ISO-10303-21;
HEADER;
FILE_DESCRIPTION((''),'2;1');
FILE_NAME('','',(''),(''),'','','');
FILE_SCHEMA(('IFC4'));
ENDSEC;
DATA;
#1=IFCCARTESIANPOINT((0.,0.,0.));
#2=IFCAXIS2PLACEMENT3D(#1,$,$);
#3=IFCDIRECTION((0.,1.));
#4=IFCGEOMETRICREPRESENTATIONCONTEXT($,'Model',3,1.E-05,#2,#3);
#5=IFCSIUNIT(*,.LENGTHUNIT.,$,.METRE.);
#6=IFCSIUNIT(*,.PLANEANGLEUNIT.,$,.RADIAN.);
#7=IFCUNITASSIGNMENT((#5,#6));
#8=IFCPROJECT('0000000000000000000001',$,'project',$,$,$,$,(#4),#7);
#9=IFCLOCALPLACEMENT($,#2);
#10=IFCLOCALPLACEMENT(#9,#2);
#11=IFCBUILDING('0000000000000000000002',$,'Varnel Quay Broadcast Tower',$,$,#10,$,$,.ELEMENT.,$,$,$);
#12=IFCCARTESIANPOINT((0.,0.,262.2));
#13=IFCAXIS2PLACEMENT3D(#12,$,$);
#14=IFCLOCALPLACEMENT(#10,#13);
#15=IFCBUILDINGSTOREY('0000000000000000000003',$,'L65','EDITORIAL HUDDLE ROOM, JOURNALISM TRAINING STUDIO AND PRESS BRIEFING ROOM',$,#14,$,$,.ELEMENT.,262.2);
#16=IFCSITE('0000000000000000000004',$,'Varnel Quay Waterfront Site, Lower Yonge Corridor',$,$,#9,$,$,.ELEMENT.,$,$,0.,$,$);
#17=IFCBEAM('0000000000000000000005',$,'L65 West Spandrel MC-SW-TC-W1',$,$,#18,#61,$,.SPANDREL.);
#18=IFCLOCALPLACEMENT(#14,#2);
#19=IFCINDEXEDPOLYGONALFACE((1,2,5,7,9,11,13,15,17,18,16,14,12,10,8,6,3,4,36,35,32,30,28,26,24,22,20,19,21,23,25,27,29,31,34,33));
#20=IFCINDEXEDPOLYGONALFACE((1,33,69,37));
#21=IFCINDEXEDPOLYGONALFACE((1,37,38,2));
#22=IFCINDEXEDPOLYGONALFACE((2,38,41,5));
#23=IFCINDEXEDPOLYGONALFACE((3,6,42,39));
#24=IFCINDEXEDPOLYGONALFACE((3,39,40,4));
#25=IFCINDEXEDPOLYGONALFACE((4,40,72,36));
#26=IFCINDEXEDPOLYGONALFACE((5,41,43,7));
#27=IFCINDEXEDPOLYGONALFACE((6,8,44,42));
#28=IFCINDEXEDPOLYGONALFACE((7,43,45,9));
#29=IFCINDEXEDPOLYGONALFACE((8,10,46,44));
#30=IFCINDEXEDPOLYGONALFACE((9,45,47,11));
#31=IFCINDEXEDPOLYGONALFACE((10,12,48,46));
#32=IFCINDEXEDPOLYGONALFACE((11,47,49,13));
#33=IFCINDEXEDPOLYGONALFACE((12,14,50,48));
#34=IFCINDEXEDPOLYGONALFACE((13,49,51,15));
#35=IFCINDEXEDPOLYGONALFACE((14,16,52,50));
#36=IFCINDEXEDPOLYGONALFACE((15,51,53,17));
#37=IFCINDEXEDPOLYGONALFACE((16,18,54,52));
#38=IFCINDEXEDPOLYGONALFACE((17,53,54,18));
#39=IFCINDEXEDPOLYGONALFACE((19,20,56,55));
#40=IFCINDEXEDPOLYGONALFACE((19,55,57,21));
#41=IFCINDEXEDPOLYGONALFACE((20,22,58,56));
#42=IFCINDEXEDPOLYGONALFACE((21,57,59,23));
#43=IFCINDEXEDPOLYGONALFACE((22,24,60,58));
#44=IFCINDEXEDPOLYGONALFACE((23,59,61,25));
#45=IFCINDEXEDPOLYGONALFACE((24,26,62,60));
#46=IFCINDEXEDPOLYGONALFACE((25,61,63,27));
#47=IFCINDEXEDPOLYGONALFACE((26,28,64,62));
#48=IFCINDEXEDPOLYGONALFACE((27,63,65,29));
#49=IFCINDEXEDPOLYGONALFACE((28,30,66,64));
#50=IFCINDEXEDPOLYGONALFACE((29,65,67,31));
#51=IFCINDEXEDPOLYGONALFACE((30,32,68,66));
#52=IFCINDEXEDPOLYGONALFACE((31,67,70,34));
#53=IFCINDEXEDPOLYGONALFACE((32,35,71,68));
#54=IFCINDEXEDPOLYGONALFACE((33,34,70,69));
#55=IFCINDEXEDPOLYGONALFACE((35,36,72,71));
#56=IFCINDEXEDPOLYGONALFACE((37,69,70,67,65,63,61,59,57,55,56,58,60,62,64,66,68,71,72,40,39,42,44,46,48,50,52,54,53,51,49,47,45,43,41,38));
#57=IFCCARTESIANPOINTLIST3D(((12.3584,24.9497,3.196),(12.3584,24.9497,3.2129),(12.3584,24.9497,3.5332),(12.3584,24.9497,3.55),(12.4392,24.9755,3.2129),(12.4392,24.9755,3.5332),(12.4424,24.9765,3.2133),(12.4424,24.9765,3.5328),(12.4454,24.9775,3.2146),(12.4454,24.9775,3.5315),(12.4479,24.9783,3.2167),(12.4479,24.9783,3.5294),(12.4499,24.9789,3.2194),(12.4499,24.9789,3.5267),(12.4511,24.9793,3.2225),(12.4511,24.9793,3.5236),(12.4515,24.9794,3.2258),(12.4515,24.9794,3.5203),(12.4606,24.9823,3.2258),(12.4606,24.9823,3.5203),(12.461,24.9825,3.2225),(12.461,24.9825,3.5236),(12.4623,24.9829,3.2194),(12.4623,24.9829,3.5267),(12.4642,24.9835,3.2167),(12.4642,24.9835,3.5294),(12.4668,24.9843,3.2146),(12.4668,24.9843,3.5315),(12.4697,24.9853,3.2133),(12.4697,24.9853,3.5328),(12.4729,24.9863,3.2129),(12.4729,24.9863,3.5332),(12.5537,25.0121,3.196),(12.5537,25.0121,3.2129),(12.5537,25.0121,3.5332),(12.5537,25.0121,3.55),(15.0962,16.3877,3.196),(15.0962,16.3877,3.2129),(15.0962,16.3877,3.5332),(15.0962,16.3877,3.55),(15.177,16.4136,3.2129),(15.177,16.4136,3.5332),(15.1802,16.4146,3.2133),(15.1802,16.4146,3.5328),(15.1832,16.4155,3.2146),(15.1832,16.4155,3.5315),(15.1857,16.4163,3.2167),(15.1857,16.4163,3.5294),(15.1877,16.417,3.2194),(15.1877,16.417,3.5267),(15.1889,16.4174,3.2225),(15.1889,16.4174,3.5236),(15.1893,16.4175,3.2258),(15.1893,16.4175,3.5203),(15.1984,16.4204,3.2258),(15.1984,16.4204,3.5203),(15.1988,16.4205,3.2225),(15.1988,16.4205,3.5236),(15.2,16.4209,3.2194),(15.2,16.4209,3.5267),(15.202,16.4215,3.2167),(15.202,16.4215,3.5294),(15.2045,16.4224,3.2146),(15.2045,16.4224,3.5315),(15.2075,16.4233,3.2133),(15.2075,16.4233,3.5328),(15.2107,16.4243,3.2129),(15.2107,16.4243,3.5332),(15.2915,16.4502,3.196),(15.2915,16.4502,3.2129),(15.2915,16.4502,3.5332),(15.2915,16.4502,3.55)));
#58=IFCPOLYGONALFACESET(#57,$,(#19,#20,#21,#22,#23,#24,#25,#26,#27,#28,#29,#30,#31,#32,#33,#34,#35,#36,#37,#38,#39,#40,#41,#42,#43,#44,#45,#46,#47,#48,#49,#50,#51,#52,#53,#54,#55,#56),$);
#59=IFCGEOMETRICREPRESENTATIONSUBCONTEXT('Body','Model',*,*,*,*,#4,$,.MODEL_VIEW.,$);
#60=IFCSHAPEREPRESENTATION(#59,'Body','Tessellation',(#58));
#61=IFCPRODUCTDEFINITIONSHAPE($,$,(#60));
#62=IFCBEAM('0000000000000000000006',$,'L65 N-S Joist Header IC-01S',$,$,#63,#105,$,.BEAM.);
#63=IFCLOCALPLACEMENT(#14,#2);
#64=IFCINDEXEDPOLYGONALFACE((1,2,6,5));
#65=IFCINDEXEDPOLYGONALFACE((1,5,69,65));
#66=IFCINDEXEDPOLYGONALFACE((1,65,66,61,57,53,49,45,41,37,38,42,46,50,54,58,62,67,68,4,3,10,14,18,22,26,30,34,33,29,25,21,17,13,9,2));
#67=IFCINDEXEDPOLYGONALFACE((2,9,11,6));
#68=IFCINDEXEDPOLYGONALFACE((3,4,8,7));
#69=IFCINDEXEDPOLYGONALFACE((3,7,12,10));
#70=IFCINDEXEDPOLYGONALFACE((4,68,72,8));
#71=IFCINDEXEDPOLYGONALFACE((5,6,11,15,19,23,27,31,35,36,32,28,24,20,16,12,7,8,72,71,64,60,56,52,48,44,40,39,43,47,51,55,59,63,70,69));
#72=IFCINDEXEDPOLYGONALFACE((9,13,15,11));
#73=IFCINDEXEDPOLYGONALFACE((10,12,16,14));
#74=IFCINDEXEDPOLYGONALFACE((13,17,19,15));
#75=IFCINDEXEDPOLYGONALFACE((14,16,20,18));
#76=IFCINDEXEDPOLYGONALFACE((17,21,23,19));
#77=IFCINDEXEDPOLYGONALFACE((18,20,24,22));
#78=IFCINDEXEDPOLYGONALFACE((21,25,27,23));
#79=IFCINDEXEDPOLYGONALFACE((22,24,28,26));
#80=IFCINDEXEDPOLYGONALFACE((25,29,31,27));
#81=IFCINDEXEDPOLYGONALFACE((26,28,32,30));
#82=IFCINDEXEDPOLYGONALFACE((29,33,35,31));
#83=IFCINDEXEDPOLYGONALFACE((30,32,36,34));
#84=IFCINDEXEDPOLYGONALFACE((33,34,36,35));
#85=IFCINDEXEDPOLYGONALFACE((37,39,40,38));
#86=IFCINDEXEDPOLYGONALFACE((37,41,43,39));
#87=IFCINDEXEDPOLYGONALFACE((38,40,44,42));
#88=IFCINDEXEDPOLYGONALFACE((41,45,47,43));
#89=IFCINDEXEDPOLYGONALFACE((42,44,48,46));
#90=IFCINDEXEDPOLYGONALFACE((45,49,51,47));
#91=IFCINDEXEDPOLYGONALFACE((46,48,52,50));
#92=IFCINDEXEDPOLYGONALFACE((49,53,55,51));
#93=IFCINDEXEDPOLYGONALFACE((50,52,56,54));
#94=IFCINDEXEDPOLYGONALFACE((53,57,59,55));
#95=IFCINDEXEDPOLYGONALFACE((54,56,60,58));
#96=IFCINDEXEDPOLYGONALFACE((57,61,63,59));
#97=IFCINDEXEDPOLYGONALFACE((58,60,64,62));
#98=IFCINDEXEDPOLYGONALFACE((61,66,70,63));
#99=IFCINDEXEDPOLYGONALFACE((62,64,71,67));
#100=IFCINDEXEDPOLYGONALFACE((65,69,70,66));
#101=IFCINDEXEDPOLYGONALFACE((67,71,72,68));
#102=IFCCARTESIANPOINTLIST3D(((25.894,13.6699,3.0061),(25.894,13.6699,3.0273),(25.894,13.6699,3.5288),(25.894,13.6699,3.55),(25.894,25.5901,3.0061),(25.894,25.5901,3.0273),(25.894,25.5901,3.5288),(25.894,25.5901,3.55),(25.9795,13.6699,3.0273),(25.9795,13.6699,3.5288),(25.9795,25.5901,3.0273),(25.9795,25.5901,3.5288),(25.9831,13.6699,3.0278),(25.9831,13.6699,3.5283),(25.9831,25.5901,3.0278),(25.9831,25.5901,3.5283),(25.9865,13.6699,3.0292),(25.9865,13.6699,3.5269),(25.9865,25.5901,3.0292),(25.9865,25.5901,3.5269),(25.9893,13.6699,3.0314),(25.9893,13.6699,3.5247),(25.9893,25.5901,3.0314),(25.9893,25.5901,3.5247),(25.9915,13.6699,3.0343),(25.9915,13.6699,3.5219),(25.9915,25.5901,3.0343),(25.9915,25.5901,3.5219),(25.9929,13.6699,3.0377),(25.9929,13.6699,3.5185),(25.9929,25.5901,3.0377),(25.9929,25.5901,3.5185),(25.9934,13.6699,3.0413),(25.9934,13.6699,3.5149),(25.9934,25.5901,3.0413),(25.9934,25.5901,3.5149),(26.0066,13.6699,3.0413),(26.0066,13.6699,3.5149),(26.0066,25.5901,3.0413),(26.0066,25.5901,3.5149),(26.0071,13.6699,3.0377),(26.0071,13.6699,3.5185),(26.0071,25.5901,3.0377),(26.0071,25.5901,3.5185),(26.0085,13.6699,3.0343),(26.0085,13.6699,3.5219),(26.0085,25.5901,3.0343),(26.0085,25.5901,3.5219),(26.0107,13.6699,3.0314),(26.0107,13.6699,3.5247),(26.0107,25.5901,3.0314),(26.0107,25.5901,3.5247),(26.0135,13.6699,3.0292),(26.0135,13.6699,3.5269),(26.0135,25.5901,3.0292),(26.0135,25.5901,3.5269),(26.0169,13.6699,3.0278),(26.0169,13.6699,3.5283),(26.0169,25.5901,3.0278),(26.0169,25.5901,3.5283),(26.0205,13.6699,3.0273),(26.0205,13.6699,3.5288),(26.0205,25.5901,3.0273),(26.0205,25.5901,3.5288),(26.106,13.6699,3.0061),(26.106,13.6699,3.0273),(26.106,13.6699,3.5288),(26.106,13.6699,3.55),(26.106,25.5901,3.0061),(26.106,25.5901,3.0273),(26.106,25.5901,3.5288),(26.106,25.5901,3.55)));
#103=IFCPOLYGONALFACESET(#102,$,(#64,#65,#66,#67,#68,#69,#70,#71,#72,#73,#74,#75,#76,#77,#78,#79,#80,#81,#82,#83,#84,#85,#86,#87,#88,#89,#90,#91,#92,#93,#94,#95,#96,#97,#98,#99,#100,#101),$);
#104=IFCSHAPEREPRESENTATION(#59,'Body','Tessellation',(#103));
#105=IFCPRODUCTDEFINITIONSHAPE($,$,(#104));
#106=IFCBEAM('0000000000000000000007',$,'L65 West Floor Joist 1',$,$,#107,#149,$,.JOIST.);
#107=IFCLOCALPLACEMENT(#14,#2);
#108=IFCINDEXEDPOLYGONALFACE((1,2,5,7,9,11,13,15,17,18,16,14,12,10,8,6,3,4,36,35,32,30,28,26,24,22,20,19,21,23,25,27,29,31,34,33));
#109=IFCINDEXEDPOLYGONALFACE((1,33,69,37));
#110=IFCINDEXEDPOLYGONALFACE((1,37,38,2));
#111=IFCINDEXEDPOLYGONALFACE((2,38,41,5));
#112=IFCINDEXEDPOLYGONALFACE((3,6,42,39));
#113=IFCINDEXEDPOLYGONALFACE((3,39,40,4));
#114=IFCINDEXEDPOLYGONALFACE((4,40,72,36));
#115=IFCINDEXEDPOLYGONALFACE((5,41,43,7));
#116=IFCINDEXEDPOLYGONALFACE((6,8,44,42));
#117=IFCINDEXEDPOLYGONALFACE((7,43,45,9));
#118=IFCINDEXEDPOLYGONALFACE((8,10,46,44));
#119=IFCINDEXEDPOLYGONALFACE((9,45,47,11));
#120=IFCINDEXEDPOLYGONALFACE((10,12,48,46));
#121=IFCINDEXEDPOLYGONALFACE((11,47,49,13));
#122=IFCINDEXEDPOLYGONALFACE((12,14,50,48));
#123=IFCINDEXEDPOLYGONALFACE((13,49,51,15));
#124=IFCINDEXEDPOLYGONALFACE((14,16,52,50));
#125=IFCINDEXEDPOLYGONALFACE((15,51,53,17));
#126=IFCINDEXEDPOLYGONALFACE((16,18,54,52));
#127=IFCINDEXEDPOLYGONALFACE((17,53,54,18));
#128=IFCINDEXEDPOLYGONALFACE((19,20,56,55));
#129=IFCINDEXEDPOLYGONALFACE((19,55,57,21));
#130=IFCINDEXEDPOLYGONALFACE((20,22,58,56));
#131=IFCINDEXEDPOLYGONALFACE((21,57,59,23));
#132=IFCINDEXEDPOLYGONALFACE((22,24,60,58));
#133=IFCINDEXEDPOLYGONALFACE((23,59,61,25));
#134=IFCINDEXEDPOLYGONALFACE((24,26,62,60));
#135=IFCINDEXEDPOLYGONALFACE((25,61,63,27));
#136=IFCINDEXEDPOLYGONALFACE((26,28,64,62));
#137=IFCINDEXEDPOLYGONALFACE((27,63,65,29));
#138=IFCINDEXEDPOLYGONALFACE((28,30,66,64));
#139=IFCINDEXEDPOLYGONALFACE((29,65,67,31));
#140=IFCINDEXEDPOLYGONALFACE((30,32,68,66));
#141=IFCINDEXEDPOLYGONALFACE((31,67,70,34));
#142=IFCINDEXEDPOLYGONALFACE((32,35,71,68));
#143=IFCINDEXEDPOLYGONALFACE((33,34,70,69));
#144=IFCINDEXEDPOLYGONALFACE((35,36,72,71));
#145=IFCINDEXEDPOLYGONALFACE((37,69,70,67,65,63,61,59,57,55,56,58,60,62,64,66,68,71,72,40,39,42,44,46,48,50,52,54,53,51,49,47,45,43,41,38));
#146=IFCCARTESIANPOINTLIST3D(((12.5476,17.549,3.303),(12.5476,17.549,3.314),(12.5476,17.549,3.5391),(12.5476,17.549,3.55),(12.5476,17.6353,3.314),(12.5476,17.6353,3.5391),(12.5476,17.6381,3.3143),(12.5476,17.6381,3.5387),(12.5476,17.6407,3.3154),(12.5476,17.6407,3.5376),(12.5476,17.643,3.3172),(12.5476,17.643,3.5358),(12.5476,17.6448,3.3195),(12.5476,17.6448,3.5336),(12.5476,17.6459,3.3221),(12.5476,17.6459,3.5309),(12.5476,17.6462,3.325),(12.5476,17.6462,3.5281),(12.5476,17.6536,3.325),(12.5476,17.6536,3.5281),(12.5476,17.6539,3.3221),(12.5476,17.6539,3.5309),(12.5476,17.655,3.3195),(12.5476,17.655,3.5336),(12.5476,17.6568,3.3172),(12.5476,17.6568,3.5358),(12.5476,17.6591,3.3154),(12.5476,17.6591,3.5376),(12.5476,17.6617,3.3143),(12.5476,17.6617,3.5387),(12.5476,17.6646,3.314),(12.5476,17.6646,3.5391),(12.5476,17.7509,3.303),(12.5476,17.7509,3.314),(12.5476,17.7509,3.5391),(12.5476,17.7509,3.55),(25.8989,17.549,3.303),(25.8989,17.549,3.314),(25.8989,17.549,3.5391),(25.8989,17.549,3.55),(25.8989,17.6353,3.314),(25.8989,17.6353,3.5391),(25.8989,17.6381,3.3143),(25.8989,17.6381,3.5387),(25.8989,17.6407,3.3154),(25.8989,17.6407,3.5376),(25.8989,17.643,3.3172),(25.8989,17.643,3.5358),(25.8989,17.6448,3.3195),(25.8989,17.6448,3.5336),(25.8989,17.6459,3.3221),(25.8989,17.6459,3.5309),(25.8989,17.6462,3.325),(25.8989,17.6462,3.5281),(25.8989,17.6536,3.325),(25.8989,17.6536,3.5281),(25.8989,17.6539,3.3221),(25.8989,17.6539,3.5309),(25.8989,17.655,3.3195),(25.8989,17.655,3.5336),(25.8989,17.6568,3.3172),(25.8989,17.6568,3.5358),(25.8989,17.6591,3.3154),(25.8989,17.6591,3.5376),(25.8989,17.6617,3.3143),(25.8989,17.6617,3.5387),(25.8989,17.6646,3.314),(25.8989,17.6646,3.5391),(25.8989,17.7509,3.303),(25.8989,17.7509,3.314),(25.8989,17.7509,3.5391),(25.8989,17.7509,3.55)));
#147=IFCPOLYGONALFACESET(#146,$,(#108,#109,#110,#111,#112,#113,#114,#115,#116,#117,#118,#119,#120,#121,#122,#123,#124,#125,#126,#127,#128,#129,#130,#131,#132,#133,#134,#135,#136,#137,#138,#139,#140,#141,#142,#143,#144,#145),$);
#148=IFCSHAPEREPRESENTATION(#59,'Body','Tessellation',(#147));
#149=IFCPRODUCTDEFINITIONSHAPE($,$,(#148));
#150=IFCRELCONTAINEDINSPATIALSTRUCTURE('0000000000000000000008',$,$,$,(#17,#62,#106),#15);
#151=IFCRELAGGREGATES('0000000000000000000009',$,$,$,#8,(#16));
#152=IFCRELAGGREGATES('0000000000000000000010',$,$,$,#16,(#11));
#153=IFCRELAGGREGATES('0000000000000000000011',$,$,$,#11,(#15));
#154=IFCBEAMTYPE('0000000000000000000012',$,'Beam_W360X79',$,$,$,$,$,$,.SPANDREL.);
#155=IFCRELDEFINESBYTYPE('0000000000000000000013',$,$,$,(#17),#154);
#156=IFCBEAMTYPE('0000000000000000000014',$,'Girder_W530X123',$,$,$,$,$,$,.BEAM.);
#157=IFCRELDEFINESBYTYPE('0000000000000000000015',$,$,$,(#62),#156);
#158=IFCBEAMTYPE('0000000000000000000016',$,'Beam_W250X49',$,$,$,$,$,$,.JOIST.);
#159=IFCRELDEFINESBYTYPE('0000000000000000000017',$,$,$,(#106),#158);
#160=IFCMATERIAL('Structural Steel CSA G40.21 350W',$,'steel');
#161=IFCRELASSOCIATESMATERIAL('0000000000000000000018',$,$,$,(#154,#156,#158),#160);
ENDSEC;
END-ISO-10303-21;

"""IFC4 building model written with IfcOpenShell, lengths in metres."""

from ifc_helpers import new_model, si_unit, direction, frame, origin, origin_2d, place, context, subcontext, project, spatial, i_section, extrude, source, transform, mapped, material, material_profile, profile_set, type_object, type_shapes, element, save


model = new_model("IFC4")

# Units and contexts
model_context = context("Model", 3, precision=1e-05, world=origin(), true_north=direction((0.0, 1.0)))
body_context = subcontext(model_context, "Body", "Model", "MODEL_VIEW")
ifc_project = project(units=[si_unit("LENGTHUNIT", "METRE"), si_unit("PLANEANGLEUNIT", "RADIAN")], contexts=[model_context])

# Site, building, storey
site_placement = place(None, origin())
site = spatial("IfcSite", under=ifc_project, at=site_placement, Name="Varnel Quay Waterfront Site, Lower Yonge Corridor", CompositionType="ELEMENT", RefElevation=0.0)
building_placement = place(site_placement, origin())
building = spatial("IfcBuilding", under=site, at=building_placement, Name="Varnel Quay Broadcast Tower", CompositionType="ELEMENT")
storey_placement = place(building_placement, frame((0.0, 0.0, 262.2)))
storey = spatial("IfcBuildingStorey", under=building, at=storey_placement, Name="L65", Description="EDITORIAL HUDDLE ROOM, JOURNALISM TRAINING STUDIO AND PRESS BRIEFING ROOM", CompositionType="ELEMENT", Elevation=262.2)

# Shared definitions
ifc_material_1 = material(Name="Structural Steel CSA G40.21 350W", Category="steel")

# Beams
ifc_material_profile_1 = material_profile(ifc_material_1, i_section(OverallWidth=0.2051, OverallDepth=0.354, WebThickness=0.0095, FlangeThickness=0.0168, FilletRadius=0.0129, at=origin_2d()), Name="W360X79")
ifc_profile_set_1 = profile_set([ifc_material_profile_1], Name="Structural Steel CSA G40.21 350W")
beam_type_1 = type_object("IfcBeamType", Name="Beam_W360X79", PredefinedType="SPANDREL", material=ifc_profile_set_1)
shared_shape_1 = source(origin(), body_context, "Body", "SweptSolid", [
    extrude(i_section(OverallWidth=0.2051, OverallDepth=0.354, WebThickness=0.0095, FlangeThickness=0.0168, FilletRadius=0.0129, at=origin_2d()), origin(), (0.0, 0.0, 1.0), 8.989),
])
beam_1_placement = place(storey_placement, frame((15.1938, 16.4189, 3.373), z_axis=(-0.304569, 0.95249, 0.0), x_axis=(-0.95249, -0.304569, 0.0)))
element("IfcBeam", 1, at=beam_1_placement, inside=storey, type_object=beam_type_1, Name="L65 West Spandrel MC-SW-TC-W1", PredefinedType="SPANDREL", context=body_context, shape_type="MappedRepresentation", body=[
    mapped(shared_shape_1, transform((0.0, 0.0, 0.0), x_axis=(1.0, 0.0, 0.0), y_axis=(0.0, 1.0, 0.0), z_axis=(0.0, 0.0, 1.0), scale=1.0)),
])
ifc_material_profile_2 = material_profile(ifc_material_1, i_section(OverallWidth=0.2119, OverallDepth=0.5439, WebThickness=0.0132, FlangeThickness=0.0212, FilletRadius=0.0139, at=origin_2d()), Name="W530X123")
ifc_profile_set_2 = profile_set([ifc_material_profile_2], Name="Structural Steel CSA G40.21 350W")
beam_type_2 = type_object("IfcBeamType", Name="Girder_W530X123", PredefinedType="BEAM", material=ifc_profile_set_2)
shared_shape_2 = source(origin(), body_context, "Body", "SweptSolid", [
    extrude(i_section(OverallWidth=0.2119, OverallDepth=0.5439, WebThickness=0.0132, FlangeThickness=0.0212, FilletRadius=0.0139, at=origin_2d()), origin(), (0.0, 0.0, 1.0), 11.9202),
])
type_shapes(beam_type_2, [shared_shape_2])
beam_2_placement = place(storey_placement, frame((26.0, 13.6699, 3.2781), z_axis=(0.0, 1.0, 0.0), x_axis=(-1.0, 0.0, 0.0)))
element("IfcBeam", 2, at=beam_2_placement, inside=storey, type_object=beam_type_2, Name="L65 N-S Joist Header IC-01S", PredefinedType="BEAM", context=body_context, shape_type="MappedRepresentation", body=[
    mapped(shared_shape_2, transform((0.0, 0.0, 0.0), x_axis=(1.0, 0.0, 0.0), y_axis=(0.0, 1.0, 0.0), z_axis=(0.0, 0.0, 1.0), scale=1.0)),
])
ifc_material_profile_3 = material_profile(ifc_material_1, i_section(OverallWidth=0.2019, OverallDepth=0.2471, WebThickness=0.0073, FlangeThickness=0.011, FilletRadius=0.011, at=origin_2d()), Name="W250X49")
ifc_profile_set_3 = profile_set([ifc_material_profile_3], Name="Structural Steel CSA G40.21 350W")
beam_type_3 = type_object("IfcBeamType", Name="Beam_W250X49", PredefinedType="JOIST", material=ifc_profile_set_3)
shared_shape_3 = source(origin(), body_context, "Body", "SweptSolid", [
    extrude(i_section(OverallWidth=0.2019, OverallDepth=0.2471, WebThickness=0.0073, FlangeThickness=0.011, FilletRadius=0.011, at=origin_2d()), origin(), (0.0, 0.0, 1.0), 13.3513),
])
beam_3_placement = place(storey_placement, frame((12.5476, 17.6499, 3.4265), z_axis=(1.0, 0.0, 0.0), x_axis=(0.0, 1.0, 0.0)))
element("IfcBeam", 3, at=beam_3_placement, inside=storey, type_object=beam_type_3, Name="L65 West Floor Joist 1", PredefinedType="JOIST", context=body_context, shape_type="MappedRepresentation", body=[
    mapped(shared_shape_3, transform((0.0, 0.0, 0.0), x_axis=(1.0, 0.0, 0.0), y_axis=(0.0, 1.0, 0.0), z_axis=(0.0, 0.0, 1.0), scale=1.0)),
])

save(model, "model.ifc")
